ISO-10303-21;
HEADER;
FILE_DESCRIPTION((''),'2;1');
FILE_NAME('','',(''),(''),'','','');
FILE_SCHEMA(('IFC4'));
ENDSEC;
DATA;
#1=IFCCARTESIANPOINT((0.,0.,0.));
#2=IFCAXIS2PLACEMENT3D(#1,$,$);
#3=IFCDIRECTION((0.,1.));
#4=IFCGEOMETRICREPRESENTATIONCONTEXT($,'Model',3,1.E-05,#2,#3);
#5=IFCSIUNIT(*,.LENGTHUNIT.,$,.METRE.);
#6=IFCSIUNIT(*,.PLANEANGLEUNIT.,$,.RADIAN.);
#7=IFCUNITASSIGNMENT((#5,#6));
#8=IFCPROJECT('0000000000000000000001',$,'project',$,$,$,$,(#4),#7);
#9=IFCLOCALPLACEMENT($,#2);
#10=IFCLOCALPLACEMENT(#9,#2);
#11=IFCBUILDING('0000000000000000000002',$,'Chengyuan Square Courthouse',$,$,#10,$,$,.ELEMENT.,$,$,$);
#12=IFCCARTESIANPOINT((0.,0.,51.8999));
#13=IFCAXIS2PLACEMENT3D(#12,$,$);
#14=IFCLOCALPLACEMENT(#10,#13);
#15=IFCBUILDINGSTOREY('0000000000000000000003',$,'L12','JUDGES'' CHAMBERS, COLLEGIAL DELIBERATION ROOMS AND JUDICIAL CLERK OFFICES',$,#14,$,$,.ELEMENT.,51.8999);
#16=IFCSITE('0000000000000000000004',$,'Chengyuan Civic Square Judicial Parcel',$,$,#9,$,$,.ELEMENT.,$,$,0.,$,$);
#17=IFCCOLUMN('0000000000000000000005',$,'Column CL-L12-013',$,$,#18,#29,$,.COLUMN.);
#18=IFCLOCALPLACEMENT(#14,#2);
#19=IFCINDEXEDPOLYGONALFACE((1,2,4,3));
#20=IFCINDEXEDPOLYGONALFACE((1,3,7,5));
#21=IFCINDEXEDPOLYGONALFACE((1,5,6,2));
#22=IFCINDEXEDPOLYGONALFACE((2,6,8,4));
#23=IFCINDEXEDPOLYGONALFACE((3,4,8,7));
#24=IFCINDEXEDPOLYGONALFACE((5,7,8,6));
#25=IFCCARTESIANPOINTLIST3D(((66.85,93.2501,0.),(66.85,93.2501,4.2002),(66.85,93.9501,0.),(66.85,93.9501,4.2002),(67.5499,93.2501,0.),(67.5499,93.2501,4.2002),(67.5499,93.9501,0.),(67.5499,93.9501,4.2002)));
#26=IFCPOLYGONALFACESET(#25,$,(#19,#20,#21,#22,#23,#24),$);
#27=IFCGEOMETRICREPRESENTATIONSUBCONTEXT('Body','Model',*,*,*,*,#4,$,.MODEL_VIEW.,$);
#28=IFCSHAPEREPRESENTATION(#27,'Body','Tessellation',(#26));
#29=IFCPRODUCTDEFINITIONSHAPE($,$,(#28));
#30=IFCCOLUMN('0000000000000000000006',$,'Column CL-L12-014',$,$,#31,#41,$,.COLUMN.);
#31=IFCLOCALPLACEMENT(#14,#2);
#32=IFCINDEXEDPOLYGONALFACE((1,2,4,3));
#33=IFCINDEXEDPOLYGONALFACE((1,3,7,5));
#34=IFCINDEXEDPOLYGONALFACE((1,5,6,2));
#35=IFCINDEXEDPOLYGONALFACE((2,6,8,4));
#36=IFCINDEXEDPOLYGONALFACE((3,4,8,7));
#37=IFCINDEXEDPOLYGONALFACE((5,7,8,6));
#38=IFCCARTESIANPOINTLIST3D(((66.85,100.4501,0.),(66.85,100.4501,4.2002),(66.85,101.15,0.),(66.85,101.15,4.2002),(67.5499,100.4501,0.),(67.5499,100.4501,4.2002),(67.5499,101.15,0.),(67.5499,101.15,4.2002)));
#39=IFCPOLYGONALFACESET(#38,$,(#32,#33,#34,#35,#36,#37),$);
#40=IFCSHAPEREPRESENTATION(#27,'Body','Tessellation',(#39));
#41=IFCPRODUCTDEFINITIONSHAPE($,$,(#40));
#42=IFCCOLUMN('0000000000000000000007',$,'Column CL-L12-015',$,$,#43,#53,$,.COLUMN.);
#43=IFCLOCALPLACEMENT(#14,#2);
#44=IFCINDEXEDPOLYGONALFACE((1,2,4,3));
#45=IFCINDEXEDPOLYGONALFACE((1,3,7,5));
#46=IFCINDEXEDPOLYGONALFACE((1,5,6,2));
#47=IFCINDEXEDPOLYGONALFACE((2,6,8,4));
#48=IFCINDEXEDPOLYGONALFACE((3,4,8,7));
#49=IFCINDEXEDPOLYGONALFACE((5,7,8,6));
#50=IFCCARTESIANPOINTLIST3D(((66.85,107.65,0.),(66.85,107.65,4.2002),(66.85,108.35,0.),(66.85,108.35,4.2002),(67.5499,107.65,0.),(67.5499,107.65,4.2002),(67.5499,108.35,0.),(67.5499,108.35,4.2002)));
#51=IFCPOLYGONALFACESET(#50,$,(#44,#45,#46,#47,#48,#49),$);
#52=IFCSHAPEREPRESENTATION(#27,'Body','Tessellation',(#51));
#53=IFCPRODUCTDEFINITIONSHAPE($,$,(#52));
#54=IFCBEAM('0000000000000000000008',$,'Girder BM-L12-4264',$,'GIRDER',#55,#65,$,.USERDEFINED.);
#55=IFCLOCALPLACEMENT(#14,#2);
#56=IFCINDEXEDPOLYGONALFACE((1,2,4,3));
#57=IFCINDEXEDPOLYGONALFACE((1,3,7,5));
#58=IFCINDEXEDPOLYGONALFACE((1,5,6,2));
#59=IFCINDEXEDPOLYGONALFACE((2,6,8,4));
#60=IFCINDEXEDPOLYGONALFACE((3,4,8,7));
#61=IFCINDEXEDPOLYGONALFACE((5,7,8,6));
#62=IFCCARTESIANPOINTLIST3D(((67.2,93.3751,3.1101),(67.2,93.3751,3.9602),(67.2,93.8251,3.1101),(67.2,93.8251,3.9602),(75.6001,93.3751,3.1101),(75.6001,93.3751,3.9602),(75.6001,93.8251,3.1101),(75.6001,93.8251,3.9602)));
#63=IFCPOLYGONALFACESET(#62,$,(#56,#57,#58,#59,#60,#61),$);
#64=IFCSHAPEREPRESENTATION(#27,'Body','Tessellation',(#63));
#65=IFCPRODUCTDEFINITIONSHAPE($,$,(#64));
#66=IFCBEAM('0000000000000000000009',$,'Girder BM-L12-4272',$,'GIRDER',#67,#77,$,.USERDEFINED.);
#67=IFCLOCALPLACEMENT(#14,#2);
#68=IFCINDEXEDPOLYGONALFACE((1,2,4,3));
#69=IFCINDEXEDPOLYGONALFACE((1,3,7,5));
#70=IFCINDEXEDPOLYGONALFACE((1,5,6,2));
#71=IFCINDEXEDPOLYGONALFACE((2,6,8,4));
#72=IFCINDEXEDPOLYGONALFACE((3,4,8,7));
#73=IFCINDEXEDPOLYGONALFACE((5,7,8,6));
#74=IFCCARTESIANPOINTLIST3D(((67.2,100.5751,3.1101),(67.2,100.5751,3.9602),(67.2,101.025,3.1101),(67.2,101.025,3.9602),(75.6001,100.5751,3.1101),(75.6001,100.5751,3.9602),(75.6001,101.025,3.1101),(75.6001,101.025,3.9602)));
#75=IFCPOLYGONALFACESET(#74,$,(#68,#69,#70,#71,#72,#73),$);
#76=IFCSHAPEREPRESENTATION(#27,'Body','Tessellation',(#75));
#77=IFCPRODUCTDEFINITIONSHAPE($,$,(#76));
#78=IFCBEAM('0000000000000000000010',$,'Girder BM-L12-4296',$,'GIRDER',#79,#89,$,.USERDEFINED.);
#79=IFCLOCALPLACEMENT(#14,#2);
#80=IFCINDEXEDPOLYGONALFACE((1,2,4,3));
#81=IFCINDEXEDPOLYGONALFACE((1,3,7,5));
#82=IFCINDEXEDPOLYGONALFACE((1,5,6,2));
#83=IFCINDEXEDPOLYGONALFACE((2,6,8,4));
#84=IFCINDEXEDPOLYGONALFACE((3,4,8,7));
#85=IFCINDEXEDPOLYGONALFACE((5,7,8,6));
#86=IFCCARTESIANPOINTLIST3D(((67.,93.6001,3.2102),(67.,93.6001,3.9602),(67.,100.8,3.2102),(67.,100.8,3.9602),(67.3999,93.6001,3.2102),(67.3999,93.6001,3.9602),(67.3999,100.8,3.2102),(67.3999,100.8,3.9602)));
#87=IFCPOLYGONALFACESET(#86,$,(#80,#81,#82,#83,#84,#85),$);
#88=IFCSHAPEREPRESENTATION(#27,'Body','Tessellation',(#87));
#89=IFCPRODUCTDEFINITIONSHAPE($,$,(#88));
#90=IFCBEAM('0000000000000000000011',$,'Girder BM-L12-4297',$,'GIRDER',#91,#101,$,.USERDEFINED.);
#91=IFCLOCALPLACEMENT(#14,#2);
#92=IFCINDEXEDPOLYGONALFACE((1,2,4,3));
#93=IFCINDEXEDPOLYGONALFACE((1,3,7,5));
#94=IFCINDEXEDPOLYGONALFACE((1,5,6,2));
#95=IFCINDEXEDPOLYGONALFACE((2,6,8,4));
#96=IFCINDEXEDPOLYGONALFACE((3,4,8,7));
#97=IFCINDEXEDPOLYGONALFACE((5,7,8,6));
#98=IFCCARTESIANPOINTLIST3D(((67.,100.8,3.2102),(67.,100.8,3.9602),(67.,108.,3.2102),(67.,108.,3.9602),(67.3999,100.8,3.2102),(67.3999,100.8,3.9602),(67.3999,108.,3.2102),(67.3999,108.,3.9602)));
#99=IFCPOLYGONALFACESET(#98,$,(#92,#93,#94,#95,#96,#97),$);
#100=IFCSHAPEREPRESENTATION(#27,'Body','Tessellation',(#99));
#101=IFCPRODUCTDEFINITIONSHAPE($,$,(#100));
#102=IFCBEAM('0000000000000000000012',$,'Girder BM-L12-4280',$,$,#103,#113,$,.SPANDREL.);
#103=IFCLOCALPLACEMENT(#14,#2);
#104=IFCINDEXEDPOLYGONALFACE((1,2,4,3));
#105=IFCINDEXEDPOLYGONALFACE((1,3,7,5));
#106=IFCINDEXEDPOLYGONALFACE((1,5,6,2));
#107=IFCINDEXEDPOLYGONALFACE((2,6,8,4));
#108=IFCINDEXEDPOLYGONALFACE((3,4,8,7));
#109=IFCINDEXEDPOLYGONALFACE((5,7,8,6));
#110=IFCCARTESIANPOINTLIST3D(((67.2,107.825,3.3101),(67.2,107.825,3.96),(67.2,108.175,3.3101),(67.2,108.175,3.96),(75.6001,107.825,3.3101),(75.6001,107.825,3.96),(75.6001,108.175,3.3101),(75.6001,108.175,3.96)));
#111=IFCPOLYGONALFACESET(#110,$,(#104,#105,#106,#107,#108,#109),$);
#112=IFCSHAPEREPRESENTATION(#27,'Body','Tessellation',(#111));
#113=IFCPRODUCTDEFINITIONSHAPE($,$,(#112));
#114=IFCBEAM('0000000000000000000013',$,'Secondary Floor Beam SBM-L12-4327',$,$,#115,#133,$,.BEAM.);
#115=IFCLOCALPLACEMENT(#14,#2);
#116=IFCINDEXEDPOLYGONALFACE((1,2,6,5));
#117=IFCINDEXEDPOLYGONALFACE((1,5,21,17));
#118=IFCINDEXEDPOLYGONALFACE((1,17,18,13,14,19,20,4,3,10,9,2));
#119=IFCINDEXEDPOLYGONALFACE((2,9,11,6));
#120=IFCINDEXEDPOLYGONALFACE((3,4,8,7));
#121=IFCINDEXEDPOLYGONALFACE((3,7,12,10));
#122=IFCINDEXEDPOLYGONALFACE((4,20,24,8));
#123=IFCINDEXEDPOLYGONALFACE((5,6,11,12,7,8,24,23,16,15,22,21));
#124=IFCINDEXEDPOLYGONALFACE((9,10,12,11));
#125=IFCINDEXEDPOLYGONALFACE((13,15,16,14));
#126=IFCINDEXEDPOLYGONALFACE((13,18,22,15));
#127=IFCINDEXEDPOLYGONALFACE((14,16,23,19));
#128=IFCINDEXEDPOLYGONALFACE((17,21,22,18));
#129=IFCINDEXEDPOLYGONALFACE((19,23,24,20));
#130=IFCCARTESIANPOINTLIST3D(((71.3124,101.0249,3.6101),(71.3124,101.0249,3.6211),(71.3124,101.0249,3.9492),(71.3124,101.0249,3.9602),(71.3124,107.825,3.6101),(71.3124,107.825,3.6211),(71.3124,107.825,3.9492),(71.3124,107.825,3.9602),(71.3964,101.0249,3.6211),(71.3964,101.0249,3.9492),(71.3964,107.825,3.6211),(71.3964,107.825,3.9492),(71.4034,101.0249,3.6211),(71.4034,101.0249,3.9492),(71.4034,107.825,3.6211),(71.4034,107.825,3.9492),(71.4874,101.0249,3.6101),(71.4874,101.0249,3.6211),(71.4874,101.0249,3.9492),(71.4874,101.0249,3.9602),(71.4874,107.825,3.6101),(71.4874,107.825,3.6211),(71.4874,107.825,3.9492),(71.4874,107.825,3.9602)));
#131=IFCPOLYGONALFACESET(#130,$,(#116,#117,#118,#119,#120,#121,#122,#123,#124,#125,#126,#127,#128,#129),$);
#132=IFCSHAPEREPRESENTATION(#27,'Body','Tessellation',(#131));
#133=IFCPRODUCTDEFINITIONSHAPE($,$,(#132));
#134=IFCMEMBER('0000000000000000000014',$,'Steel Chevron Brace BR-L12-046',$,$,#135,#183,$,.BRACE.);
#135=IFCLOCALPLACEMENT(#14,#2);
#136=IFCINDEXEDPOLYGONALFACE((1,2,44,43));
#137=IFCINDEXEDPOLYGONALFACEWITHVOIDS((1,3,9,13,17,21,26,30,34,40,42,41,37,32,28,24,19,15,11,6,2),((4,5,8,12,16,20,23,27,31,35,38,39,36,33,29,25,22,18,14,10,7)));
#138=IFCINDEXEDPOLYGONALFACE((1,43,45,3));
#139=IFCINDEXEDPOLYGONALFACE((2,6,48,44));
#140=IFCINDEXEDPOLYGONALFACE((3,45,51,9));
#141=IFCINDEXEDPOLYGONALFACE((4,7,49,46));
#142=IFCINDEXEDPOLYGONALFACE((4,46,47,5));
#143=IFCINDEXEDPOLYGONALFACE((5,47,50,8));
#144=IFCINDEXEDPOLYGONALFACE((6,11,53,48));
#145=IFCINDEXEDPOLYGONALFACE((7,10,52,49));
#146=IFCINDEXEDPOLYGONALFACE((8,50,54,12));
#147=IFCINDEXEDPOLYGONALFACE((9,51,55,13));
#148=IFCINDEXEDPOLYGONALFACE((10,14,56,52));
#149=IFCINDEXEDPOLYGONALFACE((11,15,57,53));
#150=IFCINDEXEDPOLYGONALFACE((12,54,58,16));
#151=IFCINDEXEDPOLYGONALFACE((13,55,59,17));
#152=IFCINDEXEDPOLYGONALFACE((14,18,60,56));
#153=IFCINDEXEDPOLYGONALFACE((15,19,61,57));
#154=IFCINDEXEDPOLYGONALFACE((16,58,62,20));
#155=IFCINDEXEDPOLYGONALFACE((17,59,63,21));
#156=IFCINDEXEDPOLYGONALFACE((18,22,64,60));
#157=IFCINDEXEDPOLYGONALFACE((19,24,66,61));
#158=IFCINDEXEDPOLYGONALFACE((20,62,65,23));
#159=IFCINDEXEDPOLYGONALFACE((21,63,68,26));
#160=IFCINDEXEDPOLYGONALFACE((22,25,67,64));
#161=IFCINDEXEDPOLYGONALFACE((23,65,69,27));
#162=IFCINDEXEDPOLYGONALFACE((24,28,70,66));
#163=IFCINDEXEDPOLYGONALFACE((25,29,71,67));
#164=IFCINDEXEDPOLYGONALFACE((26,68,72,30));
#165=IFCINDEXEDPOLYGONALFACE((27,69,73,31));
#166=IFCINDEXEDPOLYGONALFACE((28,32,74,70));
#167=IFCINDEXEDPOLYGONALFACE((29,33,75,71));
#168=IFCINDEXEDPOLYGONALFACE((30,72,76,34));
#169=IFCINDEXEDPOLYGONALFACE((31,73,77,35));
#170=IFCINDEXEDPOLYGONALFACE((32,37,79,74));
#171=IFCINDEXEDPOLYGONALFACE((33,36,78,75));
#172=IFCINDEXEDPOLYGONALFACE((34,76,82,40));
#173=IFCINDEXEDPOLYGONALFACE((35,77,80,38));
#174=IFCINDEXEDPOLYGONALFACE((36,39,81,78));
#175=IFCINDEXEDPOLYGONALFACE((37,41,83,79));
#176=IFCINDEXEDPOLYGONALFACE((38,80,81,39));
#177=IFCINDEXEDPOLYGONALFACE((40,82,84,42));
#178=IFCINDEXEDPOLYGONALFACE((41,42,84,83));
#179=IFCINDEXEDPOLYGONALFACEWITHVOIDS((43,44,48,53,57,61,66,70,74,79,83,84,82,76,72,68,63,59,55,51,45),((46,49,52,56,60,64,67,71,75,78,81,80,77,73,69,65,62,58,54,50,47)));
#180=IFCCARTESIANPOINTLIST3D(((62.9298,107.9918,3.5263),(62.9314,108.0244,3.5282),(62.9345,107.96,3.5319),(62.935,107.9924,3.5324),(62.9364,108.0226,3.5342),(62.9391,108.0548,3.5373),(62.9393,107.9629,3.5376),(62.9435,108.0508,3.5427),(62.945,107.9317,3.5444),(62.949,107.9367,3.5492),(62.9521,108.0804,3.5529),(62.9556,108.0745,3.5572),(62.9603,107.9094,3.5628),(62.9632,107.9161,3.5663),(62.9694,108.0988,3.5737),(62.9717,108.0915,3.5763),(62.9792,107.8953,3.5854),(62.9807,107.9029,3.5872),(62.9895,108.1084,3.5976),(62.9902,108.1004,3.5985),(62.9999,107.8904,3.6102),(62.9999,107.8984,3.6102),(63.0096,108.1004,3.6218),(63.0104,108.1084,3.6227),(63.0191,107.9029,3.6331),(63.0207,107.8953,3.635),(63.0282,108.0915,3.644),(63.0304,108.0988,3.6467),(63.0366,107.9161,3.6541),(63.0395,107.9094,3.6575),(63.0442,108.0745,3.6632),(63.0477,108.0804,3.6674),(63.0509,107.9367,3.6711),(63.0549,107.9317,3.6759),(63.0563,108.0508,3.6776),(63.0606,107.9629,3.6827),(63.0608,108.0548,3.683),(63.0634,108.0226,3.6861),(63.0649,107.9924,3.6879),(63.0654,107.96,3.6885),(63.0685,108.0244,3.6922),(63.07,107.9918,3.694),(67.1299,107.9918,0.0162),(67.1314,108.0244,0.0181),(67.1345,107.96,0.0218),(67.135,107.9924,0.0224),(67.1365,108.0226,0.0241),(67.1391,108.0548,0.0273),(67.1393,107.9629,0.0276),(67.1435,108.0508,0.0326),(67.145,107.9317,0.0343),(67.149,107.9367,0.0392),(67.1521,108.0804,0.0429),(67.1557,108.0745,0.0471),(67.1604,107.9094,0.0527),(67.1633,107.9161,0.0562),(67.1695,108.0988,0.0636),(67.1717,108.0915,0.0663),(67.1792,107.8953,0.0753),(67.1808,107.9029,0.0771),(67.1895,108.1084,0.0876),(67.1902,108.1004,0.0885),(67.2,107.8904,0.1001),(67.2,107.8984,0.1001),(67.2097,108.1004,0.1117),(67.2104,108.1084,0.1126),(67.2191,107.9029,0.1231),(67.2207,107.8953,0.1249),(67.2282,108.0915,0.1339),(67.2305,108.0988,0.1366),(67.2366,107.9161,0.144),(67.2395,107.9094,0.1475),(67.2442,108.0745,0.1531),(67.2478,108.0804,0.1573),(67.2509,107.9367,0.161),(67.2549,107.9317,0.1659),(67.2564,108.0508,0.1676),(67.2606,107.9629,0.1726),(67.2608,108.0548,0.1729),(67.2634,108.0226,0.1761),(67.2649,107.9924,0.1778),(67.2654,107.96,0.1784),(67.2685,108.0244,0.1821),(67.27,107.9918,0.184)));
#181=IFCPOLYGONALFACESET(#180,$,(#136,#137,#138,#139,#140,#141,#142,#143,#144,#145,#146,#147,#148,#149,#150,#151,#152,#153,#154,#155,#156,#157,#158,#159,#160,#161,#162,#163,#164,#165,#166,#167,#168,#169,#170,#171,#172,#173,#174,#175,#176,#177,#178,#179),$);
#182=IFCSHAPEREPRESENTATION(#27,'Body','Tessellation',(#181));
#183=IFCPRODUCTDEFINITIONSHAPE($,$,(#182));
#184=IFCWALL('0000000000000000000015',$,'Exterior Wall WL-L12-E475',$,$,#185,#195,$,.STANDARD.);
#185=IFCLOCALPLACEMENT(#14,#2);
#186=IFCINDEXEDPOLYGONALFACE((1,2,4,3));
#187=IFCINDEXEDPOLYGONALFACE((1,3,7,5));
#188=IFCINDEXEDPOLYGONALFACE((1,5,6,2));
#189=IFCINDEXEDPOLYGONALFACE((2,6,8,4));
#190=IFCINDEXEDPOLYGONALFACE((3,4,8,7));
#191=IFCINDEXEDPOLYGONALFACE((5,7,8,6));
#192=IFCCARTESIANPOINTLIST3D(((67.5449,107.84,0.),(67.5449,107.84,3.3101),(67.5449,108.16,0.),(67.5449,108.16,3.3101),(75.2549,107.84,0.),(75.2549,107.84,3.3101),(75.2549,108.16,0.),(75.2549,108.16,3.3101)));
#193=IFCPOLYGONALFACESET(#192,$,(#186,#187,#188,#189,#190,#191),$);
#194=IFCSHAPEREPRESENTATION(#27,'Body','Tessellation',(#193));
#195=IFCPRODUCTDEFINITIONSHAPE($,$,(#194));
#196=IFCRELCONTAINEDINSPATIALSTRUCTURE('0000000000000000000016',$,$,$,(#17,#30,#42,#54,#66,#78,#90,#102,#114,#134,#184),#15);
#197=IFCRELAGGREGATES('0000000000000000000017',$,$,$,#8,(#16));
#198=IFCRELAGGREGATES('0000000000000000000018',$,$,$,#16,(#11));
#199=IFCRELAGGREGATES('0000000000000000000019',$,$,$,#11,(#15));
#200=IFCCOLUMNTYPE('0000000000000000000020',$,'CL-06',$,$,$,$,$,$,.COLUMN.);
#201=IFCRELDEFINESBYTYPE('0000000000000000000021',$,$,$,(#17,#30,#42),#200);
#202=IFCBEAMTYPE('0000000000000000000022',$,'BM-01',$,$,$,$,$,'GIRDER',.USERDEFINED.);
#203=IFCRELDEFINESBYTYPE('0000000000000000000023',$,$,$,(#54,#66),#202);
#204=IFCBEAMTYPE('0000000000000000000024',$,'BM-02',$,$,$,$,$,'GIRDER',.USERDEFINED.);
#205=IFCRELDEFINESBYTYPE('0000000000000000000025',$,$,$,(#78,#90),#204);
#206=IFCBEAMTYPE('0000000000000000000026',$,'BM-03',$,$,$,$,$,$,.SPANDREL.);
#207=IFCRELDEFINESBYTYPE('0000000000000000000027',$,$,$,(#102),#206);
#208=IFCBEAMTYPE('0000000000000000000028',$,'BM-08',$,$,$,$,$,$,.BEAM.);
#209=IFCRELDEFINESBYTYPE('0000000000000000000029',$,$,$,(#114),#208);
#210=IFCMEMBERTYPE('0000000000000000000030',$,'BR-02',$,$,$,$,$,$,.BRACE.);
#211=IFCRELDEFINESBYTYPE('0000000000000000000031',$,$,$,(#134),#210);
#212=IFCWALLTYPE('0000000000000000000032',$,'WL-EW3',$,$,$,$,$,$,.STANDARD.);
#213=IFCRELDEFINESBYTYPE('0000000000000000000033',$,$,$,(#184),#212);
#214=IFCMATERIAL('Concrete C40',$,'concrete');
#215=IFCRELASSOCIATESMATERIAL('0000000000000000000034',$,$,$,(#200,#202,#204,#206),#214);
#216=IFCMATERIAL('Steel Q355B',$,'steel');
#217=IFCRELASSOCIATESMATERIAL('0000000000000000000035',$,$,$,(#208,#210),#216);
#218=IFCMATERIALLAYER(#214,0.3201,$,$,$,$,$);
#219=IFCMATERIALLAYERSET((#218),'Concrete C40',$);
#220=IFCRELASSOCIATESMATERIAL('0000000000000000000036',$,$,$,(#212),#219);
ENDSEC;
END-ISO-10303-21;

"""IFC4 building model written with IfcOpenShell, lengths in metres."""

from ifc_helpers import new_model, si_unit, direction, frame, frame_2d, origin, origin_2d, place, context, subcontext, project, spatial, rectangle, hollow_circle, i_section, extrude, material, layer, layer_set, material_profile, profile_set, type_object, element, save


model = new_model("IFC4")

# Units and contexts
model_context = context("Model", 3, precision=1e-05, world=origin(), true_north=direction((0.0, 1.0)))
body_context = subcontext(model_context, "Body", "Model", "MODEL_VIEW")
ifc_project = project(units=[si_unit("LENGTHUNIT", "METRE"), si_unit("PLANEANGLEUNIT", "RADIAN")], contexts=[model_context])

# Site, building, storey
site_placement = place(None, origin())
site = spatial("IfcSite", under=ifc_project, at=site_placement, Name="Chengyuan Civic Square Judicial Parcel", CompositionType="ELEMENT", RefElevation=0.0)
building_placement = place(site_placement, origin())
building = spatial("IfcBuilding", under=site, at=building_placement, Name="Chengyuan Square Courthouse", CompositionType="ELEMENT")
storey_placement = place(building_placement, frame((0.0, 0.0, 51.8999)))
storey = spatial("IfcBuildingStorey", under=building, at=storey_placement, Name="L12", Description="JUDGES' CHAMBERS, COLLEGIAL DELIBERATION ROOMS AND JUDICIAL CLERK OFFICES", CompositionType="ELEMENT", Elevation=51.8999)

# Columns
ifc_material_1 = material(Name="Concrete C40", Category="concrete")
ifc_material_profile_1 = material_profile(ifc_material_1, rectangle(XDim=0.7, YDim=0.7, at=origin_2d()), Name="RC-COL-700x700")
ifc_profile_set_1 = profile_set([ifc_material_profile_1], Name="Concrete C40")
column_type = type_object("IfcColumnType", Name="CL-06", PredefinedType="COLUMN", material=ifc_profile_set_1)
for number, where, z_axis, x_axis, name in (
    (1, (67.2, 93.6001, 0.0), (0.0, 0.0, 1.0), (1.0, 0.0, 0.0), "Column CL-L12-013"),
    (2, (67.2, 100.8, 0.0), (0.0, 0.0, 1.0), (1.0, 0.0, 0.0), "Column CL-L12-014"),
    (3, (67.2, 108.0, 0.0), (0.0, 0.0, 1.0), (1.0, 0.0, 0.0), "Column CL-L12-015"),
):
    element("IfcColumn", number, at=place(storey_placement, frame(where, z_axis=z_axis, x_axis=x_axis)), inside=storey, type_object=column_type, Name=name, PredefinedType="COLUMN", context=body_context, shape_type="SweptSolid", body=[
        extrude(rectangle(XDim=0.7, YDim=0.7, at=origin_2d()), origin(), (0.0, 0.0, 1.0), 4.2002),
    ])

# Beams
ifc_material_profile_2 = material_profile(ifc_material_1, rectangle(XDim=0.45, YDim=0.8501, at=origin_2d()), Name="RC-BM-450x850")
ifc_profile_set_2 = profile_set([ifc_material_profile_2], Name="Concrete C40")
beam_type_1 = type_object("IfcBeamType", Name="BM-01", ElementType="GIRDER", PredefinedType="USERDEFINED", material=ifc_profile_set_2)
for number, where, z_axis, x_axis, name in (
    (4, (67.2, 93.6001, 3.5352), (1.0, 0.0, 0.0), (0.0, 1.0, 0.0), "Girder BM-L12-4264"),
    (5, (67.2, 100.8, 3.5352), (1.0, 0.0, 0.0), (0.0, 1.0, 0.0), "Girder BM-L12-4272"),
):
    element("IfcBeam", number, at=place(storey_placement, frame(where, z_axis=z_axis, x_axis=x_axis)), inside=storey, type_object=beam_type_1, Name=name, ObjectType="GIRDER", PredefinedType="USERDEFINED", context=body_context, shape_type="SweptSolid", body=[
        extrude(rectangle(XDim=0.45, YDim=0.8501, at=origin_2d()), origin(), (0.0, 0.0, 1.0), 8.4001),
    ])
ifc_material_profile_3 = material_profile(ifc_material_1, rectangle(XDim=0.3999, YDim=0.75, at=origin_2d()), Name="RC-BM-400x750")
ifc_profile_set_3 = profile_set([ifc_material_profile_3], Name="Concrete C40")
beam_type_2 = type_object("IfcBeamType", Name="BM-02", ElementType="GIRDER", PredefinedType="USERDEFINED", material=ifc_profile_set_3)
for number, where, z_axis, x_axis, name in (
    (6, (67.2, 93.6001, 3.5852), (0.0, 1.0, 0.0), (-1.0, 0.0, 0.0), "Girder BM-L12-4296"),
    (7, (67.2, 100.8, 3.5852), (0.0, 1.0, 0.0), (-1.0, 0.0, 0.0), "Girder BM-L12-4297"),
):
    element("IfcBeam", number, at=place(storey_placement, frame(where, z_axis=z_axis, x_axis=x_axis)), inside=storey, type_object=beam_type_2, Name=name, ObjectType="GIRDER", PredefinedType="USERDEFINED", context=body_context, shape_type="SweptSolid", body=[
        extrude(rectangle(XDim=0.3999, YDim=0.75, at=origin_2d()), origin(), (0.0, 0.0, 1.0), 7.2),
    ])
ifc_material_profile_4 = material_profile(ifc_material_1, rectangle(XDim=0.3501, YDim=0.6499, at=origin_2d()), Name="RC-BM-350x650")
ifc_profile_set_4 = profile_set([ifc_material_profile_4], Name="Concrete C40")
beam_type_3 = type_object("IfcBeamType", Name="BM-03", PredefinedType="SPANDREL", material=ifc_profile_set_4)
beam_1_placement = place(storey_placement, frame((67.2, 108.0, 3.635), z_axis=(1.0, 0.0, 0.0), x_axis=(0.0, 1.0, 0.0)))
element("IfcBeam", 8, at=beam_1_placement, inside=storey, type_object=beam_type_3, Name="Girder BM-L12-4280", PredefinedType="SPANDREL", context=body_context, shape_type="SweptSolid", body=[
    extrude(rectangle(XDim=0.3501, YDim=0.6499, at=origin_2d()), origin(), (0.0, 0.0, 1.0), 8.4001),
])
ifc_material_2 = material(Name="Steel Q355B", Category="steel")
ifc_material_profile_5 = material_profile(ifc_material_2, i_section(OverallWidth=0.175, OverallDepth=0.3501, WebThickness=0.0071, FlangeThickness=0.011, at=origin_2d()), Name="HN 350x175x7x11")
ifc_profile_set_5 = profile_set([ifc_material_profile_5], Name="Steel Q355B")
beam_type_4 = type_object("IfcBeamType", Name="BM-08", PredefinedType="BEAM", material=ifc_profile_set_5)
beam_2_placement = place(storey_placement, frame((71.3999, 101.0249, 3.7852), z_axis=(0.0, 1.0, 0.0), x_axis=(-1.0, 0.0, 0.0)))
element("IfcBeam", 9, at=beam_2_placement, inside=storey, type_object=beam_type_4, Name="Secondary Floor Beam SBM-L12-4327", PredefinedType="BEAM", context=body_context, shape_type="SweptSolid", body=[
    extrude(i_section(OverallWidth=0.175, OverallDepth=0.3501, WebThickness=0.0071, FlangeThickness=0.011, at=origin_2d()), origin(), (0.0, 0.0, 1.0), 6.8),
])

# Member
ifc_material_profile_6 = material_profile(ifc_material_2, hollow_circle(Radius=0.1096, WallThickness=0.0081, at=origin_2d()), Name="CHS 219x8")
ifc_profile_set_6 = profile_set([ifc_material_profile_6], Name="Steel Q355B")
member_type = type_object("IfcMemberType", Name="BR-02", PredefinedType="BRACE", material=ifc_profile_set_6)
member_placement = place(storey_placement, frame((67.2, 108.0, 0.1001), z_axis=(-0.767317, 0.0, 0.641267), x_axis=(0.0, -1.0, 0.0)))
element("IfcMember", 10, at=member_placement, inside=storey, type_object=member_type, Name="Steel Chevron Brace BR-L12-046", PredefinedType="BRACE", context=body_context, shape_type="SweptSolid", body=[
    extrude(hollow_circle(Radius=0.1096, WallThickness=0.0081, at=origin_2d()), origin(), (0.0, 0.0, 1.0), 5.4736),
])

# Wall
ifc_layer_1 = layer(ifc_material_1, 0.3201)
ifc_layer_set_1 = layer_set([ifc_layer_1], Name="Concrete C40")
wall_type_1 = type_object("IfcWallType", Name="WL-EW3", PredefinedType="STANDARD", material=ifc_layer_set_1)
wall_1_placement = place(storey_placement, frame((67.5449, 108.0, 0.0), z_axis=(0.0, 0.0, 1.0), x_axis=(1.0, 0.0, 0.0)))
element("IfcWall", 11, at=wall_1_placement, inside=storey, type_object=wall_type_1, Name="Exterior Wall WL-L12-E475", PredefinedType="STANDARD", context=body_context, shape_type="SweptSolid", body=[
    extrude(rectangle(XDim=7.71, YDim=0.3201, at=frame_2d((3.855, 0.0))), origin(), (0.0, 0.0, 1.0), 3.3101),
])

save(model, "model.ifc")
